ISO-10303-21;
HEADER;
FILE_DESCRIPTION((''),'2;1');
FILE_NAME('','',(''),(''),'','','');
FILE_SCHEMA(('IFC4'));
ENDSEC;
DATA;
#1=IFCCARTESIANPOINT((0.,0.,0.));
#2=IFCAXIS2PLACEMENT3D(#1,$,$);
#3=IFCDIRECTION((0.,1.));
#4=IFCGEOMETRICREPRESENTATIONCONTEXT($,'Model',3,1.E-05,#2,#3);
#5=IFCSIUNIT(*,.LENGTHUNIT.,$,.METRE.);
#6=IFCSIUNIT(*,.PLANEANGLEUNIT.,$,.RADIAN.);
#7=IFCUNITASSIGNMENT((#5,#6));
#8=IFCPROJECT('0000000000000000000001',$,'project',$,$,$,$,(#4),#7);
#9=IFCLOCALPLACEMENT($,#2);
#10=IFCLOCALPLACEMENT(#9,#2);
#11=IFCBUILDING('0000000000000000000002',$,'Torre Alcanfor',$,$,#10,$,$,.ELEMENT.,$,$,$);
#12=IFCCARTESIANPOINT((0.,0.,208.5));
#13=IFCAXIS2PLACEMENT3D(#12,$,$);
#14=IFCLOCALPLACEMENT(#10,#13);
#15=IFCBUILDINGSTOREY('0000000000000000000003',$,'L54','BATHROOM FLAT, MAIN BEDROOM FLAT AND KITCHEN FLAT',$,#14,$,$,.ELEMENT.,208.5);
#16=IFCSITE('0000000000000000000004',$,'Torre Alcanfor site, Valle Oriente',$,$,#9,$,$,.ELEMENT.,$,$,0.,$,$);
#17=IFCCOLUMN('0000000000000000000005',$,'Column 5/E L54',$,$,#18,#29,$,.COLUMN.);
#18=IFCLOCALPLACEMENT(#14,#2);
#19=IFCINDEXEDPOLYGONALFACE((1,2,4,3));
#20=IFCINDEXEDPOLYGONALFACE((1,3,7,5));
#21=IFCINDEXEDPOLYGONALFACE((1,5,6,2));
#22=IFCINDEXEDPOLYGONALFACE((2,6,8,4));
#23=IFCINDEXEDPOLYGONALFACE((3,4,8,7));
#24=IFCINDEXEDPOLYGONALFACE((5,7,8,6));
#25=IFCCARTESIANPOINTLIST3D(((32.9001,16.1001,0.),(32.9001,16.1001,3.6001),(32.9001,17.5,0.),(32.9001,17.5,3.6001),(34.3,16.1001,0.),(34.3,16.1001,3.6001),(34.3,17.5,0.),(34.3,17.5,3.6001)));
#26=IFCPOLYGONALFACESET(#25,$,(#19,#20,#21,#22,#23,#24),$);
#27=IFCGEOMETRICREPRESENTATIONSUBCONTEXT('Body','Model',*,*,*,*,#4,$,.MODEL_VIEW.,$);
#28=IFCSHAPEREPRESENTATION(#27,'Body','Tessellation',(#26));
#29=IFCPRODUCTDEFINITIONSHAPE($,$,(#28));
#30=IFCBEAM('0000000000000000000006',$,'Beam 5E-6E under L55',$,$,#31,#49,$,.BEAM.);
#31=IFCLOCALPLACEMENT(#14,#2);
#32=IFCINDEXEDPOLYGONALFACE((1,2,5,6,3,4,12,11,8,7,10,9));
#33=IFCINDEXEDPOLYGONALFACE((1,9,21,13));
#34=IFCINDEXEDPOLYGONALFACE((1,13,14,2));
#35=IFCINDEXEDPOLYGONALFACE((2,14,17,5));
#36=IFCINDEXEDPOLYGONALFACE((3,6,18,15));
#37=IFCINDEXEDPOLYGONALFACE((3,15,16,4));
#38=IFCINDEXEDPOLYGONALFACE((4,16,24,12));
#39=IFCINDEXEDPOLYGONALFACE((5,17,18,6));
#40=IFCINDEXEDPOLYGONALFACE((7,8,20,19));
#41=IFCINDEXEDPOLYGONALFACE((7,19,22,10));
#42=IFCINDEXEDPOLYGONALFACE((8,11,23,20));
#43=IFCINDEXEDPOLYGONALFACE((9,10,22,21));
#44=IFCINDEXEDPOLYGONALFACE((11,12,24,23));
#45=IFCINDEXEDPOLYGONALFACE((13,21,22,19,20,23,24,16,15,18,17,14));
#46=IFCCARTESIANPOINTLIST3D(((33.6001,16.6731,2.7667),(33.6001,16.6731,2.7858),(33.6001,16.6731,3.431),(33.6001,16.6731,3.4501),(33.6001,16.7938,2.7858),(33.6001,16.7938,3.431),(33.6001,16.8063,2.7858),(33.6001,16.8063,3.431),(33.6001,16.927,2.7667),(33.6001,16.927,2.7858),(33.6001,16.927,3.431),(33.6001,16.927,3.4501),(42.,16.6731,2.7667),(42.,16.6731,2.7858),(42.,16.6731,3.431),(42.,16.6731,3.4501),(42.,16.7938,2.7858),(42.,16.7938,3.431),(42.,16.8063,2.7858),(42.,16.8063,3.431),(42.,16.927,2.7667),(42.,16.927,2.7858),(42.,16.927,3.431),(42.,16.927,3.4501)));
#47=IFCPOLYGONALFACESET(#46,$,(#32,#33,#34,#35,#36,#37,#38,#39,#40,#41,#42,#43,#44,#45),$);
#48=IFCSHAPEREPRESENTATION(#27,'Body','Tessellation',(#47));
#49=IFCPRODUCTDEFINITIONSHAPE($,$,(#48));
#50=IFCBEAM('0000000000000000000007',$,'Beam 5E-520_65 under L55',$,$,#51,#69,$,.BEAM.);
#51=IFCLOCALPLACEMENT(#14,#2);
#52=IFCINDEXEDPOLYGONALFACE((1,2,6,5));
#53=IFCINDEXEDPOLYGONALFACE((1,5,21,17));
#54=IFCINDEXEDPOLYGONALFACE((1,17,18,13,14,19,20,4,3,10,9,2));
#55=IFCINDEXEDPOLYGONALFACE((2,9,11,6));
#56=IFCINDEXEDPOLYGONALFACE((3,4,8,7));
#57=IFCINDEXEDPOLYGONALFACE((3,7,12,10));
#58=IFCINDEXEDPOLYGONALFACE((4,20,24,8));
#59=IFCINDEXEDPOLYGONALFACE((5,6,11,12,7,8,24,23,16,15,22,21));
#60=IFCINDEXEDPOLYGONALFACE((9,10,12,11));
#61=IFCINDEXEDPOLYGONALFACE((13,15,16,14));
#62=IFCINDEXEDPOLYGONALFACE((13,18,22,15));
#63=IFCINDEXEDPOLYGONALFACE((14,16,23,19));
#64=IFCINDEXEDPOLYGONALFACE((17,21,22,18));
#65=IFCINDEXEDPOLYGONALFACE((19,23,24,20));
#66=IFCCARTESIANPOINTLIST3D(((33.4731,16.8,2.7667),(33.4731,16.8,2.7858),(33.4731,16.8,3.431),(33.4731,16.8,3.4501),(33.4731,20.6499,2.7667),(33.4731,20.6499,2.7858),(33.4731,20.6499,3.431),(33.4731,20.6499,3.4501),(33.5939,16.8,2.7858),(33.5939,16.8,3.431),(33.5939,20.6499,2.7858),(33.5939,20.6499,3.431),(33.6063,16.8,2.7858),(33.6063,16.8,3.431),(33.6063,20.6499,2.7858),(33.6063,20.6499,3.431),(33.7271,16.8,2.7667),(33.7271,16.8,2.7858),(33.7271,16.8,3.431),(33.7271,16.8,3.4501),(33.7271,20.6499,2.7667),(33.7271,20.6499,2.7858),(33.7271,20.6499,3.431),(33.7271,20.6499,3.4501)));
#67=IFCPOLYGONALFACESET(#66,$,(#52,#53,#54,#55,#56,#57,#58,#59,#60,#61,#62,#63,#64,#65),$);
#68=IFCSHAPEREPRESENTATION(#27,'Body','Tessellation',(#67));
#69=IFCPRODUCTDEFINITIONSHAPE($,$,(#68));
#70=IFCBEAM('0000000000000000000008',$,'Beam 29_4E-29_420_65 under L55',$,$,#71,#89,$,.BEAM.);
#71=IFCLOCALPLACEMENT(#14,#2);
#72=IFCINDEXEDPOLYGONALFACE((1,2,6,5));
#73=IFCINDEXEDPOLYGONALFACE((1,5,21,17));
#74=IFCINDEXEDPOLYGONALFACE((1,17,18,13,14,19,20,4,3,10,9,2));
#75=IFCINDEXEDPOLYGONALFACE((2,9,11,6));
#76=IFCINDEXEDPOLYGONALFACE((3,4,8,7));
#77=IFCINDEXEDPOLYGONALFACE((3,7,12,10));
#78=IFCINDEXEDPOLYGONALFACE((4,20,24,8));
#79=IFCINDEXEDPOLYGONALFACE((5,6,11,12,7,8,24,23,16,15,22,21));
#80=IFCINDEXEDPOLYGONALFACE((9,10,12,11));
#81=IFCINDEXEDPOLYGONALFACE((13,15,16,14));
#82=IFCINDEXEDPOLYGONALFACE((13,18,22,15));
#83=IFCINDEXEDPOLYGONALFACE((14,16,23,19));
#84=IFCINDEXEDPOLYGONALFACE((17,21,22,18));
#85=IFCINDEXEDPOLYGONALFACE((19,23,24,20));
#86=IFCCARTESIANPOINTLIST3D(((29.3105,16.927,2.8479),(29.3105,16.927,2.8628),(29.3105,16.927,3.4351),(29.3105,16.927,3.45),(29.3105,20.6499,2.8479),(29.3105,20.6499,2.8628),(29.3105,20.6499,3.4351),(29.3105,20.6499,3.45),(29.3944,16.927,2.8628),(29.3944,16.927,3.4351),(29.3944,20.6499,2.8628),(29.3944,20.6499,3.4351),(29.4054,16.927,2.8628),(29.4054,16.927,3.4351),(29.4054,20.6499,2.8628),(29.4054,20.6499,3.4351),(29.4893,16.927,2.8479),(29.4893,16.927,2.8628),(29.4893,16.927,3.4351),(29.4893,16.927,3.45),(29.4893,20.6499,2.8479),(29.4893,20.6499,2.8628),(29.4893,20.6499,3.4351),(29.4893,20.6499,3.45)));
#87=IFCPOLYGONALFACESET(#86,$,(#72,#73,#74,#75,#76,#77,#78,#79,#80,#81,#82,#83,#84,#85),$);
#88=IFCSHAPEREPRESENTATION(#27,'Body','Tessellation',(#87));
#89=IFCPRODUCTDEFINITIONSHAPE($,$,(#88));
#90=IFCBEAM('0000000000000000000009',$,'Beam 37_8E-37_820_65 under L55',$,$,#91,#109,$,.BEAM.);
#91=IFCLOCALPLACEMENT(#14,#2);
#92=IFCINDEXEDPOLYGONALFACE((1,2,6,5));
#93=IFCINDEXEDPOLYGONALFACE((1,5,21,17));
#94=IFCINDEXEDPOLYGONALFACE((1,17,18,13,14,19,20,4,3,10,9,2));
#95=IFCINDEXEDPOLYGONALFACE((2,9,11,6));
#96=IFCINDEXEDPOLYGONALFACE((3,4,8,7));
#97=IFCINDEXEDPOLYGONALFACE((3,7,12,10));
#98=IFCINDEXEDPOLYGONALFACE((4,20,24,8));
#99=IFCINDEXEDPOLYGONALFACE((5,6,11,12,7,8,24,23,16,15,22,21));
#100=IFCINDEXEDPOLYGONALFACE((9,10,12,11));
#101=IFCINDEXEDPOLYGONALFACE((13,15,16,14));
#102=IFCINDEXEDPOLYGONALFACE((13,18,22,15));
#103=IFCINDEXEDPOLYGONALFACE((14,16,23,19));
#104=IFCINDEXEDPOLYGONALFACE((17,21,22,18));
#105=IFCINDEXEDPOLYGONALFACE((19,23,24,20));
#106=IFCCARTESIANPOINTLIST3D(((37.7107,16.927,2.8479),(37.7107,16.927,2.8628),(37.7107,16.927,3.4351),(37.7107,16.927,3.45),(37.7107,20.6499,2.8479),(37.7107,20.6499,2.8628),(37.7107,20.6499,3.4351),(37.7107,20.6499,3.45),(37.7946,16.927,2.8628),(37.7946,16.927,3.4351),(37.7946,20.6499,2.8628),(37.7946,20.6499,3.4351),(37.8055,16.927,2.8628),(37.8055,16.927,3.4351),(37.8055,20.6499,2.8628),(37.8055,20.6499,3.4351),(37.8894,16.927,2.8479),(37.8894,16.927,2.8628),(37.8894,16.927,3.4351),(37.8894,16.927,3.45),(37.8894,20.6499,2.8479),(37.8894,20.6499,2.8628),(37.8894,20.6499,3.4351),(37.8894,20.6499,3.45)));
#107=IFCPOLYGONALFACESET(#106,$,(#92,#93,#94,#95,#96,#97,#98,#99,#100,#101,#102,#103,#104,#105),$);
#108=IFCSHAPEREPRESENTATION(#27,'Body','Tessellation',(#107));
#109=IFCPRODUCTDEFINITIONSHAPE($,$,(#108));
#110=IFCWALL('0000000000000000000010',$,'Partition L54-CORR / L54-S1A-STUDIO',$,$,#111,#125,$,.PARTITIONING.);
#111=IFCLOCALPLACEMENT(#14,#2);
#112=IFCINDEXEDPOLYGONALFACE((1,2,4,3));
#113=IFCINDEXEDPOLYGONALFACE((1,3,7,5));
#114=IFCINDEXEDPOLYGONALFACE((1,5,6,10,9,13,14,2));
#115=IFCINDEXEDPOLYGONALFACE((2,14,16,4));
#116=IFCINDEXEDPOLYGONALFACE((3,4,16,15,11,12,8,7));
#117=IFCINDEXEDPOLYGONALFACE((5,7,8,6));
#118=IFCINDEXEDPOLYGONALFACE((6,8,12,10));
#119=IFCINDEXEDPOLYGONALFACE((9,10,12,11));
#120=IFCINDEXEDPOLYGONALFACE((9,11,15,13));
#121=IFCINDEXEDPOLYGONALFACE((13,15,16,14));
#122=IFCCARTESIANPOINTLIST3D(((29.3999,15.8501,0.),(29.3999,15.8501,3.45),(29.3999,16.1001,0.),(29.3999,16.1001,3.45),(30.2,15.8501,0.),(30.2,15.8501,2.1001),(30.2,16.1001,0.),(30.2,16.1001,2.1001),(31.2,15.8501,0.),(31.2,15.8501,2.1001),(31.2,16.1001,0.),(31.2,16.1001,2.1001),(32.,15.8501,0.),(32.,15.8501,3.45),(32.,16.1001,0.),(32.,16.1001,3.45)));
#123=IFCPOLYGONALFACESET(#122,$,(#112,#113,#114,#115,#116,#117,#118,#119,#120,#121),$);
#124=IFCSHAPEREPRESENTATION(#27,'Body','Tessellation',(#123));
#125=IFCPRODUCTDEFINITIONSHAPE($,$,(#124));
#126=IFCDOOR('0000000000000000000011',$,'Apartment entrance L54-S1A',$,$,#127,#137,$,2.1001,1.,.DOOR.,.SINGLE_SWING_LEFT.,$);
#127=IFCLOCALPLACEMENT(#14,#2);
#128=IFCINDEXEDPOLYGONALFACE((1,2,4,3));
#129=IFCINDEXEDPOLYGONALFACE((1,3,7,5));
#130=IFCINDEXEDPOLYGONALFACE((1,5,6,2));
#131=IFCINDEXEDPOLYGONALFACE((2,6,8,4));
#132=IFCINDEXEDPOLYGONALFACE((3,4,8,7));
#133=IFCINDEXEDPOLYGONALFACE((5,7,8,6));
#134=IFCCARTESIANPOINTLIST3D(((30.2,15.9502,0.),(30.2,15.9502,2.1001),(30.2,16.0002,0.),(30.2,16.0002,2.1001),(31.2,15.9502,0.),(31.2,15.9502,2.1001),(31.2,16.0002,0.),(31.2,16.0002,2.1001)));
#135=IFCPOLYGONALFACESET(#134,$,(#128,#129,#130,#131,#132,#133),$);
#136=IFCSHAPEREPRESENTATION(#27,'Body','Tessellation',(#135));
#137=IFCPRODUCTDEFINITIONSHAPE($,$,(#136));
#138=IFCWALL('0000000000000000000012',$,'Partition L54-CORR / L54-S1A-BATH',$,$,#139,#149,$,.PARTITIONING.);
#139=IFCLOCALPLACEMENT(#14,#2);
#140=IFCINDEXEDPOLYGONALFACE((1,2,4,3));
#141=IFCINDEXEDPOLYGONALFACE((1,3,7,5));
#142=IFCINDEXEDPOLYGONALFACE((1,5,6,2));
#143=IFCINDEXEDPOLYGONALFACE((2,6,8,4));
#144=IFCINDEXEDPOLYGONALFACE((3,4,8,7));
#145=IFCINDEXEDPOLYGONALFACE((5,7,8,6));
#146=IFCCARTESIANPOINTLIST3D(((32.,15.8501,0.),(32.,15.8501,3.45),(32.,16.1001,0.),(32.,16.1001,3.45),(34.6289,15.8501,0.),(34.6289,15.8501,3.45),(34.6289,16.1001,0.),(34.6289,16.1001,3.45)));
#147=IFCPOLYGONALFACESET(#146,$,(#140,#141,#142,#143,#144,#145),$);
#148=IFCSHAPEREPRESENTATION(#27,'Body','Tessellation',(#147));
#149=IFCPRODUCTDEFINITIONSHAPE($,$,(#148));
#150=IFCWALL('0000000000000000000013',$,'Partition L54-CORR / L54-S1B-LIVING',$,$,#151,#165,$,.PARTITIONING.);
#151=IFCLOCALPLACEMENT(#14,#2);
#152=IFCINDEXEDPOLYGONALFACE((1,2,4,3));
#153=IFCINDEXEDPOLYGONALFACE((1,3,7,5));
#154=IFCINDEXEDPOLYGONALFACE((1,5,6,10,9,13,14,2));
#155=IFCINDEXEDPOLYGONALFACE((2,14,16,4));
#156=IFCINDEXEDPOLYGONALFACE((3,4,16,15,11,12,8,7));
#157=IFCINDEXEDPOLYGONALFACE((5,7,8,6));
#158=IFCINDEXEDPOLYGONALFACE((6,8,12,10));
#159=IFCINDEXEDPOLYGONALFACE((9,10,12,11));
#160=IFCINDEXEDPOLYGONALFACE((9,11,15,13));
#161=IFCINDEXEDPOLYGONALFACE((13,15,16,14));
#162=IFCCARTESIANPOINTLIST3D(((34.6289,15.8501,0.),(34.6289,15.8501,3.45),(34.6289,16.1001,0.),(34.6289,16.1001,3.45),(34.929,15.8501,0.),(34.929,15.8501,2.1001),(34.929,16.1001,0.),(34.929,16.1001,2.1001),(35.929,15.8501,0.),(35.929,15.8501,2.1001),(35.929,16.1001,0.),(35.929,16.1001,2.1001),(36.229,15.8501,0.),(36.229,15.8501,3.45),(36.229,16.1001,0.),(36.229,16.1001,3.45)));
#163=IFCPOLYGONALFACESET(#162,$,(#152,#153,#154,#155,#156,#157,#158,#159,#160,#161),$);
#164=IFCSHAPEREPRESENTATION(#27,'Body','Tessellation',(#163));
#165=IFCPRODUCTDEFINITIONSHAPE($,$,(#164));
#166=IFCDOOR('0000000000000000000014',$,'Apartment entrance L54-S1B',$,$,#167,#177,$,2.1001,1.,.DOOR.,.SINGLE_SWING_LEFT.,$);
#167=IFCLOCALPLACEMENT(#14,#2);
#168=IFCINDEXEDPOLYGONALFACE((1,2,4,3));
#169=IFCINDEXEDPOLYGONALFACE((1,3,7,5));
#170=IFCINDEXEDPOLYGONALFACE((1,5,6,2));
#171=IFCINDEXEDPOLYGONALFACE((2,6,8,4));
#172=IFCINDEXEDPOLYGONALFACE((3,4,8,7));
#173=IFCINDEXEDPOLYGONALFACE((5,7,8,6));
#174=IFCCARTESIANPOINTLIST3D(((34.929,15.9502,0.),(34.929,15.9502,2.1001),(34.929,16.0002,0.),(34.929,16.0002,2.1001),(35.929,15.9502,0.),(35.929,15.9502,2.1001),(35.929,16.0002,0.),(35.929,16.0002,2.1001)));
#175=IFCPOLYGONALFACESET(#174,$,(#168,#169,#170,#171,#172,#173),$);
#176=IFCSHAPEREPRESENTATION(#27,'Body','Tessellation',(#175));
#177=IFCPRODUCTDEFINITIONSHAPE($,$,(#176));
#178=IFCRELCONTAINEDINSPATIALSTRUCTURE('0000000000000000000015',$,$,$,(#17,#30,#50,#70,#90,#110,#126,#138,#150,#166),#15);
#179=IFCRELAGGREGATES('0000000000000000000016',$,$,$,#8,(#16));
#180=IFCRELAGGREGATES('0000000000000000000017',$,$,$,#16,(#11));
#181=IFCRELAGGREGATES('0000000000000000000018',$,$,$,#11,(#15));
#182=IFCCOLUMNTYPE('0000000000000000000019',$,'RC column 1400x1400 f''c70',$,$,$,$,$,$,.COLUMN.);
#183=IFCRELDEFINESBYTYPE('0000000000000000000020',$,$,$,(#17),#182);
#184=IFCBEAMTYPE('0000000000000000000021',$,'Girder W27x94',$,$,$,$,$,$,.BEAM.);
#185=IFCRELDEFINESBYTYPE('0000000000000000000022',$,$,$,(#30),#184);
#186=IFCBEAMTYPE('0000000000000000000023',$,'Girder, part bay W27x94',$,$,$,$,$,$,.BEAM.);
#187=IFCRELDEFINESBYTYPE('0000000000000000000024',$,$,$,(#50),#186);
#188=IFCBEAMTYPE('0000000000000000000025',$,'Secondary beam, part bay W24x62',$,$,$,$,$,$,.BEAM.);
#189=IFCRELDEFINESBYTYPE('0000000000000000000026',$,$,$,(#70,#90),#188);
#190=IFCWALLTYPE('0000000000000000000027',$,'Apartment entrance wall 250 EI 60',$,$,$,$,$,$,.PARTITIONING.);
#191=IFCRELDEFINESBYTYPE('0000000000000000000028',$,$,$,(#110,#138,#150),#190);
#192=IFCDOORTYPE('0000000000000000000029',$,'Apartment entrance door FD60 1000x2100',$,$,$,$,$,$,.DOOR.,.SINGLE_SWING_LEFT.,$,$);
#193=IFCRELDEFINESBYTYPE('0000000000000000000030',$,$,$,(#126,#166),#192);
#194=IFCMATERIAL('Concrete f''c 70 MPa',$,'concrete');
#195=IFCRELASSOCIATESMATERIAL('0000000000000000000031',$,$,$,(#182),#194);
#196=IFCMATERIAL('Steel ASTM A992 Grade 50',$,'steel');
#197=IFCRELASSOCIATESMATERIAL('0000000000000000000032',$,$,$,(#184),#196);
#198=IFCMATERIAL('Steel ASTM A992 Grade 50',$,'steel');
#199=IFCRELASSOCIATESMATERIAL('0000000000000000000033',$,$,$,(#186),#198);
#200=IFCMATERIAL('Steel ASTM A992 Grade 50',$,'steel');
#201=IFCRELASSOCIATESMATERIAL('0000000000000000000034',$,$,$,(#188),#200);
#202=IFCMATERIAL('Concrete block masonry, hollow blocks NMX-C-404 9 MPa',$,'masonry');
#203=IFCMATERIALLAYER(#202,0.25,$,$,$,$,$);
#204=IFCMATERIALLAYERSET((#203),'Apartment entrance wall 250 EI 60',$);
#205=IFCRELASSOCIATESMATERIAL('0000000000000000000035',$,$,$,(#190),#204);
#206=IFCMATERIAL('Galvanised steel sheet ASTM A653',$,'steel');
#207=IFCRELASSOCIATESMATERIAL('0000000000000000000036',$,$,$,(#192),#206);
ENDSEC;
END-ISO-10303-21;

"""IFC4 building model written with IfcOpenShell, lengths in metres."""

from ifc_helpers import new_model, si_unit, direction, frame, frame_2d, origin, origin_2d, place, context, subcontext, project, spatial, rectangle, i_section, extrude, material, layer, layer_set, material_profile, profile_set, type_object, element, fill, save


model = new_model("IFC4")

# Units and contexts
model_context = context("Model", 3, precision=1e-05, world=origin(), true_north=direction((0.0, 1.0)))
body_context = subcontext(model_context, "Body", "Model", "MODEL_VIEW")
ifc_project = project(units=[si_unit("LENGTHUNIT", "METRE"), si_unit("PLANEANGLEUNIT", "RADIAN")], contexts=[model_context])

# Site, building, storey
site_placement = place(None, origin())
site = spatial("IfcSite", under=ifc_project, at=site_placement, Name="Torre Alcanfor site, Valle Oriente", CompositionType="ELEMENT", RefElevation=0.0)
building_placement = place(site_placement, origin())
building = spatial("IfcBuilding", under=site, at=building_placement, Name="Torre Alcanfor", CompositionType="ELEMENT")
storey_placement = place(building_placement, frame((0.0, 0.0, 208.5)))
storey = spatial("IfcBuildingStorey", under=building, at=storey_placement, Name="L54", Description="BATHROOM FLAT, MAIN BEDROOM FLAT AND KITCHEN FLAT", CompositionType="ELEMENT", Elevation=208.5)

# Column
ifc_material_1 = material(Name="Concrete f'c 70 MPa", Category="concrete")
ifc_material_profile_1 = material_profile(ifc_material_1, rectangle(XDim=1.3999, YDim=1.3999, at=origin_2d()), Name="1400x1400")
ifc_profile_set_1 = profile_set([ifc_material_profile_1], Name="Concrete f'c 70 MPa")
column_type = type_object("IfcColumnType", Name="RC column 1400x1400 f'c70", PredefinedType="COLUMN", material=ifc_profile_set_1)
column_placement = place(storey_placement, frame((33.6001, 16.8, 0.0), z_axis=(0.0, 0.0, 1.0), x_axis=(1.0, 0.0, 0.0)))
element("IfcColumn", 1, at=column_placement, inside=storey, type_object=column_type, Name="Column 5/E L54", PredefinedType="COLUMN", context=body_context, shape_type="SweptSolid", body=[
    extrude(rectangle(XDim=1.3999, YDim=1.3999, at=origin_2d()), origin(), (0.0, 0.0, 1.0), 3.6001),
])

# Beams
ifc_material_2 = material(Name="Steel ASTM A992 Grade 50", Category="steel")
ifc_material_profile_2 = material_profile(ifc_material_2, i_section(OverallWidth=0.2539, OverallDepth=0.6833, WebThickness=0.0125, FlangeThickness=0.019, at=origin_2d()), Name="W27x94")
ifc_profile_set_2 = profile_set([ifc_material_profile_2], Name="Steel ASTM A992 Grade 50")
beam_type_1 = type_object("IfcBeamType", Name="Girder W27x94", PredefinedType="BEAM", material=ifc_profile_set_2)
beam_1_placement = place(storey_placement, frame((33.6001, 16.8, 3.1084), z_axis=(1.0, 0.0, 0.0), x_axis=(0.0, 1.0, 0.0)))
element("IfcBeam", 2, at=beam_1_placement, inside=storey, type_object=beam_type_1, Name="Beam 5E-6E under L55", PredefinedType="BEAM", context=body_context, shape_type="SweptSolid", body=[
    extrude(i_section(OverallWidth=0.2539, OverallDepth=0.6833, WebThickness=0.0125, FlangeThickness=0.019, at=origin_2d()), origin(), (0.0, 0.0, 1.0), 8.3999),
])
ifc_material_3 = material(Name="Steel ASTM A992 Grade 50", Category="steel")
ifc_material_profile_3 = material_profile(ifc_material_3, i_section(OverallWidth=0.2539, OverallDepth=0.6833, WebThickness=0.0125, FlangeThickness=0.019, at=origin_2d()), Name="W27x94")
ifc_profile_set_3 = profile_set([ifc_material_profile_3], Name="Steel ASTM A992 Grade 50")
beam_type_2 = type_object("IfcBeamType", Name="Girder, part bay W27x94", PredefinedType="BEAM", material=ifc_profile_set_3)
beam_2_placement = place(storey_placement, frame((33.6001, 16.8, 3.1084), z_axis=(0.0, 1.0, 0.0), x_axis=(-1.0, 0.0, 0.0)))
element("IfcBeam", 3, at=beam_2_placement, inside=storey, type_object=beam_type_2, Name="Beam 5E-520_65 under L55", PredefinedType="BEAM", context=body_context, shape_type="SweptSolid", body=[
    extrude(i_section(OverallWidth=0.2539, OverallDepth=0.6833, WebThickness=0.0125, FlangeThickness=0.019, at=origin_2d()), origin(), (0.0, 0.0, 1.0), 3.8499),
])
ifc_material_4 = material(Name="Steel ASTM A992 Grade 50", Category="steel")
ifc_material_profile_4 = material_profile(ifc_material_4, i_section(OverallWidth=0.1787, OverallDepth=0.6021, WebThickness=0.011, FlangeThickness=0.0149, at=origin_2d()), Name="W24x62")
ifc_profile_set_4 = profile_set([ifc_material_profile_4], Name="Steel ASTM A992 Grade 50")
beam_type_3 = type_object("IfcBeamType", Name="Secondary beam, part bay W24x62", PredefinedType="BEAM", material=ifc_profile_set_4)
for number, where, z_axis, x_axis, name in (
    (4, (29.3999, 16.927, 3.1489), (0.0, 1.0, 0.0), (-1.0, 0.0, 0.0), "Beam 29_4E-29_420_65 under L55"),
    (5, (37.8, 16.927, 3.1489), (0.0, 1.0, 0.0), (-1.0, 0.0, 0.0), "Beam 37_8E-37_820_65 under L55"),
):
    element("IfcBeam", number, at=place(storey_placement, frame(where, z_axis=z_axis, x_axis=x_axis)), inside=storey, type_object=beam_type_3, Name=name, PredefinedType="BEAM", context=body_context, shape_type="SweptSolid", body=[
        extrude(i_section(OverallWidth=0.1787, OverallDepth=0.6021, WebThickness=0.011, FlangeThickness=0.0149, at=origin_2d()), origin(), (0.0, 0.0, 1.0), 3.7229),
    ])

# Wall, opening, door
ifc_material_5 = material(Name="Concrete block masonry, hollow blocks NMX-C-404 9 MPa", Category="masonry")
ifc_layer_1 = layer(ifc_material_5, 0.25)
ifc_layer_set_1 = layer_set([ifc_layer_1], Name="Apartment entrance wall 250 EI 60")
wall_type_1 = type_object("IfcWallType", Name="Apartment entrance wall 250 EI 60", PredefinedType="PARTITIONING", material=ifc_layer_set_1)
wall_1_placement = place(storey_placement, frame((32.0, 15.9751, 0.0), z_axis=(0.0, 0.0, 1.0), x_axis=(-1.0, 0.0, 0.0)))
wall_1 = element("IfcWall", 6, at=wall_1_placement, inside=storey, type_object=wall_type_1, Name="Partition L54-CORR / L54-S1A-STUDIO", PredefinedType="PARTITIONING", context=body_context, shape_type="SweptSolid", body=[
    extrude(rectangle(XDim=2.6001, YDim=0.25, at=frame_2d((1.3, 0.0))), origin(), (0.0, 0.0, 1.0), 3.45),
])
opening_1_placement = place(wall_1_placement, frame((0.8, 0.0, 0.0)))
opening_1 = element("IfcOpeningElement", 7, at=opening_1_placement, cuts=wall_1, PredefinedType="OPENING", context=body_context, shape_type="SweptSolid", body=[
    extrude(rectangle(XDim=1.0, YDim=2.1001, at=frame_2d((0.5, 1.05))), frame((0.0, 0.135, 0.0), z_axis=(0.0, -1.0, 0.0), x_axis=(1.0, 0.0, 0.0)), (0.0, 0.0, 1.0), 0.27),
])
ifc_material_6 = material(Name="Galvanised steel sheet ASTM A653", Category="steel")
door_type_1 = type_object("IfcDoorType", Name="Apartment entrance door FD60 1000x2100", OperationType="SINGLE_SWING_LEFT", PredefinedType="DOOR", material=ifc_material_6)
door_1_placement = place(opening_1_placement, origin())
door_1 = element("IfcDoor", 8, at=door_1_placement, inside=storey, type_object=door_type_1, Name="Apartment entrance L54-S1A", OperationType="SINGLE_SWING_LEFT", OverallHeight=2.1001, OverallWidth=1.0, PredefinedType="DOOR", context=body_context, shape_type="SweptSolid", body=[
    extrude(rectangle(XDim=1.0, YDim=2.1001, at=frame_2d((0.5, 1.05))), frame((0.0, 0.0249, 0.0), z_axis=(0.0, -1.0, 0.0), x_axis=(1.0, 0.0, 0.0)), (0.0, 0.0, 1.0), 0.05),
])
fill(opening_1, door_1)

# Wall
wall_2_placement = place(storey_placement, frame((34.6289, 15.9751, 0.0), z_axis=(0.0, 0.0, 1.0), x_axis=(-1.0, 0.0, 0.0)))
element("IfcWall", 9, at=wall_2_placement, inside=storey, type_object=wall_type_1, Name="Partition L54-CORR / L54-S1A-BATH", PredefinedType="PARTITIONING", context=body_context, shape_type="SweptSolid", body=[
    extrude(rectangle(XDim=2.6289, YDim=0.25, at=frame_2d((1.3145, 0.0))), origin(), (0.0, 0.0, 1.0), 3.45),
])

# Wall, opening, door
wall_3_placement = place(storey_placement, frame((36.229, 15.9751, 0.0), z_axis=(0.0, 0.0, 1.0), x_axis=(-1.0, 0.0, 0.0)))
wall_3 = element("IfcWall", 10, at=wall_3_placement, inside=storey, type_object=wall_type_1, Name="Partition L54-CORR / L54-S1B-LIVING", PredefinedType="PARTITIONING", context=body_context, shape_type="SweptSolid", body=[
    extrude(rectangle(XDim=1.6001, YDim=0.25, at=frame_2d((0.8, 0.0))), origin(), (0.0, 0.0, 1.0), 3.45),
])
opening_2_placement = place(wall_3_placement, frame((0.3, 0.0, 0.0)))
opening_2 = element("IfcOpeningElement", 11, at=opening_2_placement, cuts=wall_3, PredefinedType="OPENING", context=body_context, shape_type="SweptSolid", body=[
    extrude(rectangle(XDim=1.0, YDim=2.1001, at=frame_2d((0.5, 1.05))), frame((0.0, 0.135, 0.0), z_axis=(0.0, -1.0, 0.0), x_axis=(1.0, 0.0, 0.0)), (0.0, 0.0, 1.0), 0.27),
])
door_2_placement = place(opening_2_placement, origin())
door_2 = element("IfcDoor", 12, at=door_2_placement, inside=storey, type_object=door_type_1, Name="Apartment entrance L54-S1B", OperationType="SINGLE_SWING_LEFT", OverallHeight=2.1001, OverallWidth=1.0, PredefinedType="DOOR", context=body_context, shape_type="SweptSolid", body=[
    extrude(rectangle(XDim=1.0, YDim=2.1001, at=frame_2d((0.5, 1.05))), frame((0.0, 0.0249, 0.0), z_axis=(0.0, -1.0, 0.0), x_axis=(1.0, 0.0, 0.0)), (0.0, 0.0, 1.0), 0.05),
])
fill(opening_2, door_2)

save(model, "model.ifc")
